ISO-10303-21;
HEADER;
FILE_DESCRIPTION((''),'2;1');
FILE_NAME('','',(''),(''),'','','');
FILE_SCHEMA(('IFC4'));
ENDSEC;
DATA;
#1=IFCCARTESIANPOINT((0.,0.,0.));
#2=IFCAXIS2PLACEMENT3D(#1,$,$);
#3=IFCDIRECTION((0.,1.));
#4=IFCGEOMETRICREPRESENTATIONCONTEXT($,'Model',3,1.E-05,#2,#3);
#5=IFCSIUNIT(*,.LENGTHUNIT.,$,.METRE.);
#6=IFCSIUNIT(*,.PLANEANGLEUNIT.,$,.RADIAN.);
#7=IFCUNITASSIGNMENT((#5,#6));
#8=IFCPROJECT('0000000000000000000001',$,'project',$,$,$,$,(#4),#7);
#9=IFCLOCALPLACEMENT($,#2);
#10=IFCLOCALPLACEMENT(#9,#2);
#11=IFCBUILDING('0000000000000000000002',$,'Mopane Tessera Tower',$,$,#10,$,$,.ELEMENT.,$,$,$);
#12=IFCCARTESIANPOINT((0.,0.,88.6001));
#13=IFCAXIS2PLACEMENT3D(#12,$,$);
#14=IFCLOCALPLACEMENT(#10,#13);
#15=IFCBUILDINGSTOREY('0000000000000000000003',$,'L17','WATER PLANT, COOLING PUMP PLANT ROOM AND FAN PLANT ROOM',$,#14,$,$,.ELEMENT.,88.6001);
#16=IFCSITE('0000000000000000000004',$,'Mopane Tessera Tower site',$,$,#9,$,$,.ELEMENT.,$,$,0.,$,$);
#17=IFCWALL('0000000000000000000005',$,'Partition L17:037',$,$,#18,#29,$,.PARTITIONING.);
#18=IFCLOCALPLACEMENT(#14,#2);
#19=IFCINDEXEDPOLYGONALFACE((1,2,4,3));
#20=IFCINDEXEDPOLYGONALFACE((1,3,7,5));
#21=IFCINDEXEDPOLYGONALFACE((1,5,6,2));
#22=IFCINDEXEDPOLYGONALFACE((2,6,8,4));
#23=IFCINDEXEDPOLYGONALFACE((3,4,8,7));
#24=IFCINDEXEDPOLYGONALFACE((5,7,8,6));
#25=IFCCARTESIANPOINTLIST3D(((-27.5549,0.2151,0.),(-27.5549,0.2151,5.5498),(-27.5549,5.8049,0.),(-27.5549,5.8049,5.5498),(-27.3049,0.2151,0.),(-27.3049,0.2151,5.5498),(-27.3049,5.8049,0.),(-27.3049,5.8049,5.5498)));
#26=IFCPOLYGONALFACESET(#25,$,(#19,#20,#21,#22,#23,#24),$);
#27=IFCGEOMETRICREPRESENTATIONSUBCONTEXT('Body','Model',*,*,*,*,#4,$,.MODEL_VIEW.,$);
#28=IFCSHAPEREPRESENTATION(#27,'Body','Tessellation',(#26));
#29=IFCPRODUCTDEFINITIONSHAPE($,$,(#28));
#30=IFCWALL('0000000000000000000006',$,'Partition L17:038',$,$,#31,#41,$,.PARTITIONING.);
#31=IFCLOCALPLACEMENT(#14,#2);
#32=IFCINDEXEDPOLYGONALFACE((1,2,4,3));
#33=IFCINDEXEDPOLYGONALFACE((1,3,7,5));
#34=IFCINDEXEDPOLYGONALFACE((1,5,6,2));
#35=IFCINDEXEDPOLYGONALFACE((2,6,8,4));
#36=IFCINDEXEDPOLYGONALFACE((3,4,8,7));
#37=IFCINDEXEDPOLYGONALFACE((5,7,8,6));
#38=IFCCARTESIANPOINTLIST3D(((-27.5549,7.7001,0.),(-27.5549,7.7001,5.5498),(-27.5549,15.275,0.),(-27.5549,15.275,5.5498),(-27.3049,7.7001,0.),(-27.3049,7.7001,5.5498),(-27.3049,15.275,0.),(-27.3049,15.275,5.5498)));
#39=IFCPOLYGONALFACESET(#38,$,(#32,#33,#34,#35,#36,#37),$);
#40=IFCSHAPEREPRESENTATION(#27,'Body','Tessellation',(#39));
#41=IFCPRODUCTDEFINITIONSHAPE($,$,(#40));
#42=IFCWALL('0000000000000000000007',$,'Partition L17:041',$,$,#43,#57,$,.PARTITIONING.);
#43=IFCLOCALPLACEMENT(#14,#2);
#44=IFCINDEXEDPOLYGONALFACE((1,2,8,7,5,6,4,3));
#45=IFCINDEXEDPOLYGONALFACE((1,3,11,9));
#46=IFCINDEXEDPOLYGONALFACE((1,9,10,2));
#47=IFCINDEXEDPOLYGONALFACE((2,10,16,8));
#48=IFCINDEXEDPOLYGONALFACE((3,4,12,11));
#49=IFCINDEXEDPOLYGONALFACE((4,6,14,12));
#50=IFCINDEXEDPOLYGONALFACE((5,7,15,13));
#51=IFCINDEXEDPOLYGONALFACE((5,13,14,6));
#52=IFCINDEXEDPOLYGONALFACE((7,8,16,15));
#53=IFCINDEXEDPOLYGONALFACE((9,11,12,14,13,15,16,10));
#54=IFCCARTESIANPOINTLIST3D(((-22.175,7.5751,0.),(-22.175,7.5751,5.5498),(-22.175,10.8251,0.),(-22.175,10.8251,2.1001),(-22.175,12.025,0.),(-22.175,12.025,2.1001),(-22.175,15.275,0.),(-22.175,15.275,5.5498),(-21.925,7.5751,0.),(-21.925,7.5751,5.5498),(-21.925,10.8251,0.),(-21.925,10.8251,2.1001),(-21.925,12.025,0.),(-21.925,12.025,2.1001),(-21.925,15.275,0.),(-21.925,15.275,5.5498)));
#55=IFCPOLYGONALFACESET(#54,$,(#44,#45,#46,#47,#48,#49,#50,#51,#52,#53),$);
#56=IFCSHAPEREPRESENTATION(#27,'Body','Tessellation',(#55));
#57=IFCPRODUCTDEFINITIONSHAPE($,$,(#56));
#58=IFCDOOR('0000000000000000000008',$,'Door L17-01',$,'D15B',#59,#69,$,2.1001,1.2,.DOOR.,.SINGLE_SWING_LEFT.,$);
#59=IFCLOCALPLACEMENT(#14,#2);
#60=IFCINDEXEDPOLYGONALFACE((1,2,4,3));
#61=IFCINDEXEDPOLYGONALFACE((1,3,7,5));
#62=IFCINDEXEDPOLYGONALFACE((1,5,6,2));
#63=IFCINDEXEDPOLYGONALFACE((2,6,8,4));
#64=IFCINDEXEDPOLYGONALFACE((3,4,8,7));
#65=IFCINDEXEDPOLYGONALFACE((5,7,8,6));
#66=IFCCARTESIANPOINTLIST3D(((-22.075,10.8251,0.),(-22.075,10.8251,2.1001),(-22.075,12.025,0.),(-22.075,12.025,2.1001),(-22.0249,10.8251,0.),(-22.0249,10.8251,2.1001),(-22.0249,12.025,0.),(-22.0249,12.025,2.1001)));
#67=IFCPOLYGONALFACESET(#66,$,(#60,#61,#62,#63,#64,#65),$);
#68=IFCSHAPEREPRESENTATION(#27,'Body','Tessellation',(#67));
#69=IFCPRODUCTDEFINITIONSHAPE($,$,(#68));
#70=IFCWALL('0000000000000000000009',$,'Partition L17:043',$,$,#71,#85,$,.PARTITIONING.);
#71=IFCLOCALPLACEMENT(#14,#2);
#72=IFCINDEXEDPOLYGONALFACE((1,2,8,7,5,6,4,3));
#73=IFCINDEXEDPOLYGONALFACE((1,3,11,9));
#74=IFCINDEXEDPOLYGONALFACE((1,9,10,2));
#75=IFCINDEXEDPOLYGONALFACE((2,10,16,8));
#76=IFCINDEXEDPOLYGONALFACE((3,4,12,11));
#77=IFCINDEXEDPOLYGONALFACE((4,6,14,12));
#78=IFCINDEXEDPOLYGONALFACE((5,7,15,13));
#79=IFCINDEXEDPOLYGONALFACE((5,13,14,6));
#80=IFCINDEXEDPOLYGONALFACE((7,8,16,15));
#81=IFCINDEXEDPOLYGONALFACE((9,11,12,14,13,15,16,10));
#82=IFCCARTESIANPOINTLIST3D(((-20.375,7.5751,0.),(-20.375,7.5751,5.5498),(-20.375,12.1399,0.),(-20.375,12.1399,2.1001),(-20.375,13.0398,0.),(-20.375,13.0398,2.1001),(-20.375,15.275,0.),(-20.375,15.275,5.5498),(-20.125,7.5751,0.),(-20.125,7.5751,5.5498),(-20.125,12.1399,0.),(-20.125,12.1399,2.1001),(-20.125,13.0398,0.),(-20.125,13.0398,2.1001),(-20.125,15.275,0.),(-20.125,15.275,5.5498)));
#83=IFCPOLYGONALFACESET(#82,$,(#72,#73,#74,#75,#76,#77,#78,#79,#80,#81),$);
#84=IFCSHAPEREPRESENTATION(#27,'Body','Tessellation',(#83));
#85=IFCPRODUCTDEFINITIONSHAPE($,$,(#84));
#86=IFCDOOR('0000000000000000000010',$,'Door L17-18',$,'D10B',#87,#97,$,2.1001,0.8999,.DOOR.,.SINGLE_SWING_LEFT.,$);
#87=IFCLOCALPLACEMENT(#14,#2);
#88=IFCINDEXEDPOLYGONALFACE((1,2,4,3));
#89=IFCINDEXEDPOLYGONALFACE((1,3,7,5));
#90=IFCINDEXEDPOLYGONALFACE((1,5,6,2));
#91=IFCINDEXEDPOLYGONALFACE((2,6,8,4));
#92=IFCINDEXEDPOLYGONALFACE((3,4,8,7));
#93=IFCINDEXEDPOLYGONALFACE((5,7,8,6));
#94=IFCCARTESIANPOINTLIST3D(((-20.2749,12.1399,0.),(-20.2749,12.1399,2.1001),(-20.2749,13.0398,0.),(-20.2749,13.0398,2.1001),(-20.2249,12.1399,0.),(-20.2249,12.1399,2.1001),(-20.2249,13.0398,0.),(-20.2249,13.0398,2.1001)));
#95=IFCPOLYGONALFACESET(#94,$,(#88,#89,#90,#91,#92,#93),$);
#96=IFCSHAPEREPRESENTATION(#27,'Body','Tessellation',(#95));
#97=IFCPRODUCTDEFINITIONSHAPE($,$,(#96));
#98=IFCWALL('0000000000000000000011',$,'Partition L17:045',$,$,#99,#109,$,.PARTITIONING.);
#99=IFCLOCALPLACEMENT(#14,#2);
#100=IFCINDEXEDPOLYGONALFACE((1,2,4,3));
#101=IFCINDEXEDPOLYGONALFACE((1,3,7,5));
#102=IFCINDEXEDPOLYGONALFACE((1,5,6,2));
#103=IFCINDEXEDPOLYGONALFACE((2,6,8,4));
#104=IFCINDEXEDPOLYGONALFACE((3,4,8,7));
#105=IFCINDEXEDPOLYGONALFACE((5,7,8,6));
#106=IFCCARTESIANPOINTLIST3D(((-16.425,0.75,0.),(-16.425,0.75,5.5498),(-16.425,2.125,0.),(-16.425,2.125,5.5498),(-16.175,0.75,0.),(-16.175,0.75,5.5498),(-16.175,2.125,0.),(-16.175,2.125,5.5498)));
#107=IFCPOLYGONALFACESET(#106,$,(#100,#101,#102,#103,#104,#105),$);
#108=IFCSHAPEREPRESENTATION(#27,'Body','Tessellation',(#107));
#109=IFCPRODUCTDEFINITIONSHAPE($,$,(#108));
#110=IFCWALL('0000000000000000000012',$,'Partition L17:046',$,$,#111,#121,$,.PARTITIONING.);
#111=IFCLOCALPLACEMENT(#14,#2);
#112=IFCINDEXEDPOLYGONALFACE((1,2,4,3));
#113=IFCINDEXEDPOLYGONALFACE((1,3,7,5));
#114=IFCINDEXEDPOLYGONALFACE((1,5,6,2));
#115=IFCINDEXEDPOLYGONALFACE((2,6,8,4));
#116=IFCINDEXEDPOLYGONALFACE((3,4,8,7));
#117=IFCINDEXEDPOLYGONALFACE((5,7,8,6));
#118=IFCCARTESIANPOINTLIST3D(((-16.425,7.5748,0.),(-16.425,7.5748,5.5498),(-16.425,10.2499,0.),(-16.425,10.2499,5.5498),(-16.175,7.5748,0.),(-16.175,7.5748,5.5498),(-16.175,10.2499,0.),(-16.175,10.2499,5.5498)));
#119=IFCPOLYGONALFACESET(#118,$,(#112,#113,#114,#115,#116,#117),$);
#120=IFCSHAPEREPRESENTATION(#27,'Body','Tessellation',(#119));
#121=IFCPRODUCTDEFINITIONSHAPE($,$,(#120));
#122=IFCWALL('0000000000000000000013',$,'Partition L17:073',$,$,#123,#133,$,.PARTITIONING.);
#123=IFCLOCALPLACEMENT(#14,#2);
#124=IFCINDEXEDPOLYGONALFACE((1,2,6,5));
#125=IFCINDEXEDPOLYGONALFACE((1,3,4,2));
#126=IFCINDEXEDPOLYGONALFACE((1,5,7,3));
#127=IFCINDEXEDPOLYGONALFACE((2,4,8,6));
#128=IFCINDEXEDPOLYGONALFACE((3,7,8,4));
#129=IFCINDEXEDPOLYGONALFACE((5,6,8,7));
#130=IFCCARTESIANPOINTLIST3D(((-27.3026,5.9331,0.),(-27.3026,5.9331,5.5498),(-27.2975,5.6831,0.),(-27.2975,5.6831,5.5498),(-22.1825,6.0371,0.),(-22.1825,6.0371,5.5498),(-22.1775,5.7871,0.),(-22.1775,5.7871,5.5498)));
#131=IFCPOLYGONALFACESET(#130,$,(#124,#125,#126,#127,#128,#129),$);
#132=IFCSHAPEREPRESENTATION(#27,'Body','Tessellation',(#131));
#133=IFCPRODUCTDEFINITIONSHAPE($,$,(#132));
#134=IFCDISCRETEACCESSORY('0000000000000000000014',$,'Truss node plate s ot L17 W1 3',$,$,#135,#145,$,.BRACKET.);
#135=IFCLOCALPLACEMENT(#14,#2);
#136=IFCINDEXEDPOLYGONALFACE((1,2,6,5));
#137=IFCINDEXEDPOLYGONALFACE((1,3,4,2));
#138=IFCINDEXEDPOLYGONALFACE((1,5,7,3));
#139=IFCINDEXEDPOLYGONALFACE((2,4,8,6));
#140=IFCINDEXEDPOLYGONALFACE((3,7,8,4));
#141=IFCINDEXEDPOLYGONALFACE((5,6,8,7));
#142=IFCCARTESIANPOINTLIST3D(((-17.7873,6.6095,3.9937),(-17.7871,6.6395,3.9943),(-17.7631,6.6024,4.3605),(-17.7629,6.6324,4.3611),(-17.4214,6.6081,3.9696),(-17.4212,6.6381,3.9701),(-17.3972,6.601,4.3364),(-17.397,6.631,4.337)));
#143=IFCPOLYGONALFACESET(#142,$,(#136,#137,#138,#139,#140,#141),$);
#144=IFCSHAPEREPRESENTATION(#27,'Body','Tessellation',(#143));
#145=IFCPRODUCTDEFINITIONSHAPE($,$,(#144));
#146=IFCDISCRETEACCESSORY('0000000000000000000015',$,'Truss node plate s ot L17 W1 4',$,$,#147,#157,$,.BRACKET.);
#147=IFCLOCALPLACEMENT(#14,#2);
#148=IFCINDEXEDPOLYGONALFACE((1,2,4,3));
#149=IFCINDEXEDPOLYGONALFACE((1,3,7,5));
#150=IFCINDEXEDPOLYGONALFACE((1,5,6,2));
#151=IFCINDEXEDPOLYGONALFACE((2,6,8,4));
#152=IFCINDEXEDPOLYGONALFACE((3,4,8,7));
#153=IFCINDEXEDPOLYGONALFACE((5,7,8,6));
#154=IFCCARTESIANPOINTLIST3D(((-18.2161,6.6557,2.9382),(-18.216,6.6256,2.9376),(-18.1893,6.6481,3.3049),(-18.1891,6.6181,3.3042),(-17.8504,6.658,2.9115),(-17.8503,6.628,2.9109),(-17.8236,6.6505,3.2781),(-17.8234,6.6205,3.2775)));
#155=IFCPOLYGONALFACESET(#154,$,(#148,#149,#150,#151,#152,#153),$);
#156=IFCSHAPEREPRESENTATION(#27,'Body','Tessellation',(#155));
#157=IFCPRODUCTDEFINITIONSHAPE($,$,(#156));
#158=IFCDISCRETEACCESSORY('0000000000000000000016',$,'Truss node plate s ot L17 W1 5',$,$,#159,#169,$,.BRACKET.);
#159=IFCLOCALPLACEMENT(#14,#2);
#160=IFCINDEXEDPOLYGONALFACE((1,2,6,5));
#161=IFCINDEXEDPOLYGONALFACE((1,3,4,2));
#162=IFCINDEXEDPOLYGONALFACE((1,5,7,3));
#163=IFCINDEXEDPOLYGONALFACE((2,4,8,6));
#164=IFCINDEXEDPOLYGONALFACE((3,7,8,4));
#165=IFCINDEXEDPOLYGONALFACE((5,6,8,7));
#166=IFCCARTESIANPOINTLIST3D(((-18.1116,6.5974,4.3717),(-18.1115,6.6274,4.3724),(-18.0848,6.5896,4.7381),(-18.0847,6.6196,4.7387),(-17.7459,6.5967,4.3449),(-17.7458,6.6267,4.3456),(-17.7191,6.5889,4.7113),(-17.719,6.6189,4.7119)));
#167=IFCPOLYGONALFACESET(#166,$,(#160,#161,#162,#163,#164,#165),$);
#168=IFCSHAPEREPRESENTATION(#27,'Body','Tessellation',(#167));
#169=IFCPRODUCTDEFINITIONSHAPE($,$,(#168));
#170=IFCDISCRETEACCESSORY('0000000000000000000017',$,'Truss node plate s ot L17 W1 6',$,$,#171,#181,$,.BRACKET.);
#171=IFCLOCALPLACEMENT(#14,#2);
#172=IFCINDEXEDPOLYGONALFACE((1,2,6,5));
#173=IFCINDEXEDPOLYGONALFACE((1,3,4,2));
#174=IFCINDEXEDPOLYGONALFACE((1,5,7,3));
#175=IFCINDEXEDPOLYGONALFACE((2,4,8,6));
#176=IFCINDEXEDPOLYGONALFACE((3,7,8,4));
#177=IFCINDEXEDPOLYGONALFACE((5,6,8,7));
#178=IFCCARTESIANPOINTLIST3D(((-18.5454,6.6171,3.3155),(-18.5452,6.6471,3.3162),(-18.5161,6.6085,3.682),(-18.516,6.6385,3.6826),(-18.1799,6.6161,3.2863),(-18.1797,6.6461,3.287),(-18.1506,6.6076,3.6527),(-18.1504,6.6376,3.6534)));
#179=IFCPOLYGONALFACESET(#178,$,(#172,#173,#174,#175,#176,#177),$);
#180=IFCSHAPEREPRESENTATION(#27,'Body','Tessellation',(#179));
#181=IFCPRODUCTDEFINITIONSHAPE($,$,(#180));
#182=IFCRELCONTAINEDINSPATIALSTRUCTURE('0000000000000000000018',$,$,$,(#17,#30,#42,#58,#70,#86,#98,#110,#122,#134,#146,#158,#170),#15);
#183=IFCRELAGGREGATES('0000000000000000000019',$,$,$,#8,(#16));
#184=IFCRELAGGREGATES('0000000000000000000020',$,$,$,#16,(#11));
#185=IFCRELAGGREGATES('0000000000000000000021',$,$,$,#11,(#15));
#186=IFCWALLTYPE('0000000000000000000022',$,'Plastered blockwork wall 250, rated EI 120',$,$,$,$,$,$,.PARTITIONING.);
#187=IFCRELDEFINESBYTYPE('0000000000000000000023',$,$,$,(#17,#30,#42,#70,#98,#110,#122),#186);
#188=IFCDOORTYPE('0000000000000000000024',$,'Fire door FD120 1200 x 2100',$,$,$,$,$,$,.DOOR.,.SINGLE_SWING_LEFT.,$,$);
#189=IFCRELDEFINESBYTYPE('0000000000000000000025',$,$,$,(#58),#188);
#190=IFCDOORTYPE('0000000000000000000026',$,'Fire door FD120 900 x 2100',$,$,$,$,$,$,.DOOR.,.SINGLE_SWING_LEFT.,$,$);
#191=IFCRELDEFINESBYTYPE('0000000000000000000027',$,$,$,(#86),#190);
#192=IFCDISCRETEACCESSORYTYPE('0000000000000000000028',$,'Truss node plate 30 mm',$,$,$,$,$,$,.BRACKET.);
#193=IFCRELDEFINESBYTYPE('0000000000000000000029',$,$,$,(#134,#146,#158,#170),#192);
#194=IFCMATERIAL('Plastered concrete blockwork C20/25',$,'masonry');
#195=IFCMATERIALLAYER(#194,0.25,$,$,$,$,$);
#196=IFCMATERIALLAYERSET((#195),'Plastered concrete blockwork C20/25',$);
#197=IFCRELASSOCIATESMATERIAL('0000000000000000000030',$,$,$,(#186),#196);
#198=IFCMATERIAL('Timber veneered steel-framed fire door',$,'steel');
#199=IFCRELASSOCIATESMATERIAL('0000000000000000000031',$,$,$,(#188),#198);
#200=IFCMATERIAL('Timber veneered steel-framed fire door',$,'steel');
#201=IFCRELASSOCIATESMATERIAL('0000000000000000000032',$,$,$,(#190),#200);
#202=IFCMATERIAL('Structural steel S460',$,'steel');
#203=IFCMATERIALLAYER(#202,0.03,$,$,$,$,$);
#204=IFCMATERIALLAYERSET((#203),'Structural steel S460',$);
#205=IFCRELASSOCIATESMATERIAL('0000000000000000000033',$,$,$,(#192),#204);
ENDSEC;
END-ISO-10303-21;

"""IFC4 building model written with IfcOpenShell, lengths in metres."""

from ifc_helpers import new_model, si_unit, direction, frame, frame_2d, origin, origin_2d, place, context, subcontext, project, spatial, rectangle, extrude, material, layer, layer_set, type_object, element, fill, save


model = new_model("IFC4")

# Units and contexts
model_context = context("Model", 3, precision=1e-05, world=origin(), true_north=direction((0.0, 1.0)))
body_context = subcontext(model_context, "Body", "Model", "MODEL_VIEW")
ifc_project = project(units=[si_unit("LENGTHUNIT", "METRE"), si_unit("PLANEANGLEUNIT", "RADIAN")], contexts=[model_context])

# Site, building, storey
site_placement = place(None, origin())
site = spatial("IfcSite", under=ifc_project, at=site_placement, Name="Mopane Tessera Tower site", CompositionType="ELEMENT", RefElevation=0.0)
building_placement = place(site_placement, origin())
building = spatial("IfcBuilding", under=site, at=building_placement, Name="Mopane Tessera Tower", CompositionType="ELEMENT")
storey_placement = place(building_placement, frame((0.0, 0.0, 88.6001)))
storey = spatial("IfcBuildingStorey", under=building, at=storey_placement, Name="L17", Description="WATER PLANT, COOLING PUMP PLANT ROOM AND FAN PLANT ROOM", CompositionType="ELEMENT", Elevation=88.6001)

# Walls
ifc_material_1 = material(Name="Plastered concrete blockwork C20/25", Category="masonry")
ifc_layer_1 = layer(ifc_material_1, 0.25)
ifc_layer_set_1 = layer_set([ifc_layer_1], Name="Plastered concrete blockwork C20/25")
wall_type = type_object("IfcWallType", Name="Plastered blockwork wall 250, rated EI 120", PredefinedType="PARTITIONING", material=ifc_layer_set_1)
wall_1_placement = place(storey_placement, frame((-27.4299, 0.2151, 0.0), z_axis=(0.0, 0.0, 1.0), x_axis=(0.0, 1.0, 0.0)))
element("IfcWall", 1, at=wall_1_placement, inside=storey, type_object=wall_type, Name="Partition L17:037", PredefinedType="PARTITIONING", context=body_context, shape_type="SweptSolid", body=[
    extrude(rectangle(XDim=5.5898, YDim=0.25, at=frame_2d((2.7949, 0.0))), origin(), (0.0, 0.0, 1.0), 5.5498),
])
wall_2_placement = place(storey_placement, frame((-27.4299, 7.7, 0.0), z_axis=(0.0, 0.0, 1.0), x_axis=(0.0, 1.0, 0.0)))
element("IfcWall", 2, at=wall_2_placement, inside=storey, type_object=wall_type, Name="Partition L17:038", PredefinedType="PARTITIONING", context=body_context, shape_type="SweptSolid", body=[
    extrude(rectangle(XDim=7.575, YDim=0.25, at=frame_2d((3.7876, 0.0))), origin(), (0.0, 0.0, 1.0), 5.5498),
])

# Walls, openings, doors
wall_3_placement = place(storey_placement, frame((-22.05, 7.575, 0.0), z_axis=(0.0, 0.0, 1.0), x_axis=(0.0, 1.0, 0.0)))
wall_3 = element("IfcWall", 3, at=wall_3_placement, inside=storey, type_object=wall_type, Name="Partition L17:041", PredefinedType="PARTITIONING", context=body_context, shape_type="SweptSolid", body=[
    extrude(rectangle(XDim=7.7, YDim=0.25, at=frame_2d((3.8501, 0.0))), origin(), (0.0, 0.0, 1.0), 5.5498),
])
opening_1_placement = place(wall_3_placement, frame((3.25, 0.0, 0.0)))
opening_1 = element("IfcOpeningElement", 4, at=opening_1_placement, cuts=wall_3, PredefinedType="OPENING", context=body_context, shape_type="SweptSolid", body=[
    extrude(rectangle(XDim=1.2, YDim=2.1001, at=frame_2d((0.6001, 1.05))), frame((0.0, 0.137, 0.0), z_axis=(0.0, -1.0, 0.0), x_axis=(1.0, 0.0, 0.0)), (0.0, 0.0, 1.0), 0.2739),
])
ifc_material_2 = material(Name="Timber veneered steel-framed fire door", Category="steel")
door_type_1 = type_object("IfcDoorType", Name="Fire door FD120 1200 x 2100", OperationType="SINGLE_SWING_LEFT", PredefinedType="DOOR", material=ifc_material_2)
door_1_placement = place(opening_1_placement, origin())
door_1 = element("IfcDoor", 5, at=door_1_placement, inside=storey, type_object=door_type_1, Name="Door L17-01", ObjectType="D15B", OperationType="SINGLE_SWING_LEFT", OverallHeight=2.1001, OverallWidth=1.2, PredefinedType="DOOR", context=body_context, shape_type="SweptSolid", body=[
    extrude(rectangle(XDim=1.2, YDim=2.1001, at=frame_2d((0.6001, 1.05))), frame((0.0, 0.0249, 0.0), z_axis=(0.0, -1.0, 0.0), x_axis=(1.0, 0.0, 0.0)), (0.0, 0.0, 1.0), 0.05),
])
fill(opening_1, door_1)
wall_4_placement = place(storey_placement, frame((-20.25, 7.575, 0.0), z_axis=(0.0, 0.0, 1.0), x_axis=(0.0, 1.0, 0.0)))
wall_4 = element("IfcWall", 6, at=wall_4_placement, inside=storey, type_object=wall_type, Name="Partition L17:043", PredefinedType="PARTITIONING", context=body_context, shape_type="SweptSolid", body=[
    extrude(rectangle(XDim=7.7, YDim=0.25, at=frame_2d((3.8501, 0.0))), origin(), (0.0, 0.0, 1.0), 5.5498),
])
opening_2_placement = place(wall_4_placement, frame((4.5649, 0.0, 0.0)))
opening_2 = element("IfcOpeningElement", 7, at=opening_2_placement, cuts=wall_4, PredefinedType="OPENING", context=body_context, shape_type="SweptSolid", body=[
    extrude(rectangle(XDim=0.8999, YDim=2.1001, at=frame_2d((0.45, 1.05))), frame((0.0, 0.137, 0.0), z_axis=(0.0, -1.0, 0.0), x_axis=(1.0, 0.0, 0.0)), (0.0, 0.0, 1.0), 0.2739),
])
ifc_material_3 = material(Name="Timber veneered steel-framed fire door", Category="steel")
door_type_2 = type_object("IfcDoorType", Name="Fire door FD120 900 x 2100", OperationType="SINGLE_SWING_LEFT", PredefinedType="DOOR", material=ifc_material_3)
door_2_placement = place(opening_2_placement, origin())
door_2 = element("IfcDoor", 8, at=door_2_placement, inside=storey, type_object=door_type_2, Name="Door L17-18", ObjectType="D10B", OperationType="SINGLE_SWING_LEFT", OverallHeight=2.1001, OverallWidth=0.8999, PredefinedType="DOOR", context=body_context, shape_type="SweptSolid", body=[
    extrude(rectangle(XDim=0.8999, YDim=2.1001, at=frame_2d((0.45, 1.05))), frame((0.0, 0.0249, 0.0), z_axis=(0.0, -1.0, 0.0), x_axis=(1.0, 0.0, 0.0)), (0.0, 0.0, 1.0), 0.05),
])
fill(opening_2, door_2)

# Walls
wall_5_placement = place(storey_placement, frame((-16.3, 0.75, 0.0), z_axis=(0.0, 0.0, 1.0), x_axis=(0.0, 1.0, 0.0)))
element("IfcWall", 9, at=wall_5_placement, inside=storey, type_object=wall_type, Name="Partition L17:045", PredefinedType="PARTITIONING", context=body_context, shape_type="SweptSolid", body=[
    extrude(rectangle(XDim=1.375, YDim=0.25, at=frame_2d((0.6875, 0.0))), origin(), (0.0, 0.0, 1.0), 5.5498),
])
wall_6_placement = place(storey_placement, frame((-16.3, 7.575, 0.0), z_axis=(0.0, 0.0, 1.0), x_axis=(0.0, 1.0, 0.0)))
element("IfcWall", 10, at=wall_6_placement, inside=storey, type_object=wall_type, Name="Partition L17:046", PredefinedType="PARTITIONING", context=body_context, shape_type="SweptSolid", body=[
    extrude(rectangle(XDim=2.675, YDim=0.25, at=frame_2d((1.3374, 0.0))), origin(), (0.0, 0.0, 1.0), 5.5498),
])
wall_7_placement = place(storey_placement, frame((-27.3, 5.8081, 0.0), z_axis=(0.0, 0.0, 1.0), x_axis=(0.999794, 0.020309, 0.0)))
element("IfcWall", 11, at=wall_7_placement, inside=storey, type_object=wall_type, Name="Partition L17:073", PredefinedType="PARTITIONING", context=body_context, shape_type="SweptSolid", body=[
    extrude(rectangle(XDim=5.1211, YDim=0.25, at=frame_2d((2.5605, 0.0))), origin(), (0.0, 0.0, 1.0), 5.5498),
])

# Discrete accessories
ifc_material_4 = material(Name="Structural steel S460", Category="steel")
ifc_layer_2 = layer(ifc_material_4, 0.03)
ifc_layer_set_2 = layer_set([ifc_layer_2], Name="Structural steel S460")
discrete_accessory_type = type_object("IfcDiscreteAccessoryType", Name="Truss node plate 30 mm", PredefinedType="BRACKET", material=ifc_layer_set_2)
for number, where, z_axis, x_axis, name in (
    (12, (-17.6042, 6.6238, 3.9819), (0.065757, -0.019262, 0.99765), (-0.005033, -0.999807, -0.018972), "Truss node plate s ot L17 W1 3"),
    (13, (-18.0332, 6.6418, 2.9246), (0.073025, -0.02058, 0.997118), (0.004945, -0.999767, -0.020996), "Truss node plate s ot L17 W1 4"),
):
    element("IfcDiscreteAccessory", number, at=place(storey_placement, frame(where, z_axis=z_axis, x_axis=x_axis)), inside=storey, type_object=discrete_accessory_type, Name=name, PredefinedType="BRACKET", context=body_context, shape_type="SweptSolid", body=[
        extrude(rectangle(XDim=0.03, YDim=0.3667, at=origin_2d()), origin(), (0.0, 0.0, 1.0), 0.3677),
    ])
discrete_accessory_1_placement = place(storey_placement, frame((-17.9287, 6.6121, 4.3586), z_axis=(0.073072, -0.021257, 0.9971), x_axis=(-0.00346, -0.999772, -0.021061)))
element("IfcDiscreteAccessory", 14, at=discrete_accessory_1_placement, inside=storey, type_object=discrete_accessory_type, Name="Truss node plate s ot L17 W1 5", PredefinedType="BRACKET", context=body_context, shape_type="SweptSolid", body=[
    extrude(rectangle(XDim=0.03, YDim=0.3667, at=origin_2d()), origin(), (0.0, 0.0, 1.0), 0.3674),
])
discrete_accessory_2_placement = place(storey_placement, frame((-18.3625, 6.6316, 3.3013), z_axis=(0.079671, -0.023237, 0.99655), x_axis=(-0.004461, -0.999727, -0.022955)))
element("IfcDiscreteAccessory", 15, at=discrete_accessory_2_placement, inside=storey, type_object=discrete_accessory_type, Name="Truss node plate s ot L17 W1 6", PredefinedType="BRACKET", context=body_context, shape_type="SweptSolid", body=[
    extrude(rectangle(XDim=0.03, YDim=0.3667, at=origin_2d()), origin(), (0.0, 0.0, 1.0), 0.3677),
])

save(model, "model.ifc")
